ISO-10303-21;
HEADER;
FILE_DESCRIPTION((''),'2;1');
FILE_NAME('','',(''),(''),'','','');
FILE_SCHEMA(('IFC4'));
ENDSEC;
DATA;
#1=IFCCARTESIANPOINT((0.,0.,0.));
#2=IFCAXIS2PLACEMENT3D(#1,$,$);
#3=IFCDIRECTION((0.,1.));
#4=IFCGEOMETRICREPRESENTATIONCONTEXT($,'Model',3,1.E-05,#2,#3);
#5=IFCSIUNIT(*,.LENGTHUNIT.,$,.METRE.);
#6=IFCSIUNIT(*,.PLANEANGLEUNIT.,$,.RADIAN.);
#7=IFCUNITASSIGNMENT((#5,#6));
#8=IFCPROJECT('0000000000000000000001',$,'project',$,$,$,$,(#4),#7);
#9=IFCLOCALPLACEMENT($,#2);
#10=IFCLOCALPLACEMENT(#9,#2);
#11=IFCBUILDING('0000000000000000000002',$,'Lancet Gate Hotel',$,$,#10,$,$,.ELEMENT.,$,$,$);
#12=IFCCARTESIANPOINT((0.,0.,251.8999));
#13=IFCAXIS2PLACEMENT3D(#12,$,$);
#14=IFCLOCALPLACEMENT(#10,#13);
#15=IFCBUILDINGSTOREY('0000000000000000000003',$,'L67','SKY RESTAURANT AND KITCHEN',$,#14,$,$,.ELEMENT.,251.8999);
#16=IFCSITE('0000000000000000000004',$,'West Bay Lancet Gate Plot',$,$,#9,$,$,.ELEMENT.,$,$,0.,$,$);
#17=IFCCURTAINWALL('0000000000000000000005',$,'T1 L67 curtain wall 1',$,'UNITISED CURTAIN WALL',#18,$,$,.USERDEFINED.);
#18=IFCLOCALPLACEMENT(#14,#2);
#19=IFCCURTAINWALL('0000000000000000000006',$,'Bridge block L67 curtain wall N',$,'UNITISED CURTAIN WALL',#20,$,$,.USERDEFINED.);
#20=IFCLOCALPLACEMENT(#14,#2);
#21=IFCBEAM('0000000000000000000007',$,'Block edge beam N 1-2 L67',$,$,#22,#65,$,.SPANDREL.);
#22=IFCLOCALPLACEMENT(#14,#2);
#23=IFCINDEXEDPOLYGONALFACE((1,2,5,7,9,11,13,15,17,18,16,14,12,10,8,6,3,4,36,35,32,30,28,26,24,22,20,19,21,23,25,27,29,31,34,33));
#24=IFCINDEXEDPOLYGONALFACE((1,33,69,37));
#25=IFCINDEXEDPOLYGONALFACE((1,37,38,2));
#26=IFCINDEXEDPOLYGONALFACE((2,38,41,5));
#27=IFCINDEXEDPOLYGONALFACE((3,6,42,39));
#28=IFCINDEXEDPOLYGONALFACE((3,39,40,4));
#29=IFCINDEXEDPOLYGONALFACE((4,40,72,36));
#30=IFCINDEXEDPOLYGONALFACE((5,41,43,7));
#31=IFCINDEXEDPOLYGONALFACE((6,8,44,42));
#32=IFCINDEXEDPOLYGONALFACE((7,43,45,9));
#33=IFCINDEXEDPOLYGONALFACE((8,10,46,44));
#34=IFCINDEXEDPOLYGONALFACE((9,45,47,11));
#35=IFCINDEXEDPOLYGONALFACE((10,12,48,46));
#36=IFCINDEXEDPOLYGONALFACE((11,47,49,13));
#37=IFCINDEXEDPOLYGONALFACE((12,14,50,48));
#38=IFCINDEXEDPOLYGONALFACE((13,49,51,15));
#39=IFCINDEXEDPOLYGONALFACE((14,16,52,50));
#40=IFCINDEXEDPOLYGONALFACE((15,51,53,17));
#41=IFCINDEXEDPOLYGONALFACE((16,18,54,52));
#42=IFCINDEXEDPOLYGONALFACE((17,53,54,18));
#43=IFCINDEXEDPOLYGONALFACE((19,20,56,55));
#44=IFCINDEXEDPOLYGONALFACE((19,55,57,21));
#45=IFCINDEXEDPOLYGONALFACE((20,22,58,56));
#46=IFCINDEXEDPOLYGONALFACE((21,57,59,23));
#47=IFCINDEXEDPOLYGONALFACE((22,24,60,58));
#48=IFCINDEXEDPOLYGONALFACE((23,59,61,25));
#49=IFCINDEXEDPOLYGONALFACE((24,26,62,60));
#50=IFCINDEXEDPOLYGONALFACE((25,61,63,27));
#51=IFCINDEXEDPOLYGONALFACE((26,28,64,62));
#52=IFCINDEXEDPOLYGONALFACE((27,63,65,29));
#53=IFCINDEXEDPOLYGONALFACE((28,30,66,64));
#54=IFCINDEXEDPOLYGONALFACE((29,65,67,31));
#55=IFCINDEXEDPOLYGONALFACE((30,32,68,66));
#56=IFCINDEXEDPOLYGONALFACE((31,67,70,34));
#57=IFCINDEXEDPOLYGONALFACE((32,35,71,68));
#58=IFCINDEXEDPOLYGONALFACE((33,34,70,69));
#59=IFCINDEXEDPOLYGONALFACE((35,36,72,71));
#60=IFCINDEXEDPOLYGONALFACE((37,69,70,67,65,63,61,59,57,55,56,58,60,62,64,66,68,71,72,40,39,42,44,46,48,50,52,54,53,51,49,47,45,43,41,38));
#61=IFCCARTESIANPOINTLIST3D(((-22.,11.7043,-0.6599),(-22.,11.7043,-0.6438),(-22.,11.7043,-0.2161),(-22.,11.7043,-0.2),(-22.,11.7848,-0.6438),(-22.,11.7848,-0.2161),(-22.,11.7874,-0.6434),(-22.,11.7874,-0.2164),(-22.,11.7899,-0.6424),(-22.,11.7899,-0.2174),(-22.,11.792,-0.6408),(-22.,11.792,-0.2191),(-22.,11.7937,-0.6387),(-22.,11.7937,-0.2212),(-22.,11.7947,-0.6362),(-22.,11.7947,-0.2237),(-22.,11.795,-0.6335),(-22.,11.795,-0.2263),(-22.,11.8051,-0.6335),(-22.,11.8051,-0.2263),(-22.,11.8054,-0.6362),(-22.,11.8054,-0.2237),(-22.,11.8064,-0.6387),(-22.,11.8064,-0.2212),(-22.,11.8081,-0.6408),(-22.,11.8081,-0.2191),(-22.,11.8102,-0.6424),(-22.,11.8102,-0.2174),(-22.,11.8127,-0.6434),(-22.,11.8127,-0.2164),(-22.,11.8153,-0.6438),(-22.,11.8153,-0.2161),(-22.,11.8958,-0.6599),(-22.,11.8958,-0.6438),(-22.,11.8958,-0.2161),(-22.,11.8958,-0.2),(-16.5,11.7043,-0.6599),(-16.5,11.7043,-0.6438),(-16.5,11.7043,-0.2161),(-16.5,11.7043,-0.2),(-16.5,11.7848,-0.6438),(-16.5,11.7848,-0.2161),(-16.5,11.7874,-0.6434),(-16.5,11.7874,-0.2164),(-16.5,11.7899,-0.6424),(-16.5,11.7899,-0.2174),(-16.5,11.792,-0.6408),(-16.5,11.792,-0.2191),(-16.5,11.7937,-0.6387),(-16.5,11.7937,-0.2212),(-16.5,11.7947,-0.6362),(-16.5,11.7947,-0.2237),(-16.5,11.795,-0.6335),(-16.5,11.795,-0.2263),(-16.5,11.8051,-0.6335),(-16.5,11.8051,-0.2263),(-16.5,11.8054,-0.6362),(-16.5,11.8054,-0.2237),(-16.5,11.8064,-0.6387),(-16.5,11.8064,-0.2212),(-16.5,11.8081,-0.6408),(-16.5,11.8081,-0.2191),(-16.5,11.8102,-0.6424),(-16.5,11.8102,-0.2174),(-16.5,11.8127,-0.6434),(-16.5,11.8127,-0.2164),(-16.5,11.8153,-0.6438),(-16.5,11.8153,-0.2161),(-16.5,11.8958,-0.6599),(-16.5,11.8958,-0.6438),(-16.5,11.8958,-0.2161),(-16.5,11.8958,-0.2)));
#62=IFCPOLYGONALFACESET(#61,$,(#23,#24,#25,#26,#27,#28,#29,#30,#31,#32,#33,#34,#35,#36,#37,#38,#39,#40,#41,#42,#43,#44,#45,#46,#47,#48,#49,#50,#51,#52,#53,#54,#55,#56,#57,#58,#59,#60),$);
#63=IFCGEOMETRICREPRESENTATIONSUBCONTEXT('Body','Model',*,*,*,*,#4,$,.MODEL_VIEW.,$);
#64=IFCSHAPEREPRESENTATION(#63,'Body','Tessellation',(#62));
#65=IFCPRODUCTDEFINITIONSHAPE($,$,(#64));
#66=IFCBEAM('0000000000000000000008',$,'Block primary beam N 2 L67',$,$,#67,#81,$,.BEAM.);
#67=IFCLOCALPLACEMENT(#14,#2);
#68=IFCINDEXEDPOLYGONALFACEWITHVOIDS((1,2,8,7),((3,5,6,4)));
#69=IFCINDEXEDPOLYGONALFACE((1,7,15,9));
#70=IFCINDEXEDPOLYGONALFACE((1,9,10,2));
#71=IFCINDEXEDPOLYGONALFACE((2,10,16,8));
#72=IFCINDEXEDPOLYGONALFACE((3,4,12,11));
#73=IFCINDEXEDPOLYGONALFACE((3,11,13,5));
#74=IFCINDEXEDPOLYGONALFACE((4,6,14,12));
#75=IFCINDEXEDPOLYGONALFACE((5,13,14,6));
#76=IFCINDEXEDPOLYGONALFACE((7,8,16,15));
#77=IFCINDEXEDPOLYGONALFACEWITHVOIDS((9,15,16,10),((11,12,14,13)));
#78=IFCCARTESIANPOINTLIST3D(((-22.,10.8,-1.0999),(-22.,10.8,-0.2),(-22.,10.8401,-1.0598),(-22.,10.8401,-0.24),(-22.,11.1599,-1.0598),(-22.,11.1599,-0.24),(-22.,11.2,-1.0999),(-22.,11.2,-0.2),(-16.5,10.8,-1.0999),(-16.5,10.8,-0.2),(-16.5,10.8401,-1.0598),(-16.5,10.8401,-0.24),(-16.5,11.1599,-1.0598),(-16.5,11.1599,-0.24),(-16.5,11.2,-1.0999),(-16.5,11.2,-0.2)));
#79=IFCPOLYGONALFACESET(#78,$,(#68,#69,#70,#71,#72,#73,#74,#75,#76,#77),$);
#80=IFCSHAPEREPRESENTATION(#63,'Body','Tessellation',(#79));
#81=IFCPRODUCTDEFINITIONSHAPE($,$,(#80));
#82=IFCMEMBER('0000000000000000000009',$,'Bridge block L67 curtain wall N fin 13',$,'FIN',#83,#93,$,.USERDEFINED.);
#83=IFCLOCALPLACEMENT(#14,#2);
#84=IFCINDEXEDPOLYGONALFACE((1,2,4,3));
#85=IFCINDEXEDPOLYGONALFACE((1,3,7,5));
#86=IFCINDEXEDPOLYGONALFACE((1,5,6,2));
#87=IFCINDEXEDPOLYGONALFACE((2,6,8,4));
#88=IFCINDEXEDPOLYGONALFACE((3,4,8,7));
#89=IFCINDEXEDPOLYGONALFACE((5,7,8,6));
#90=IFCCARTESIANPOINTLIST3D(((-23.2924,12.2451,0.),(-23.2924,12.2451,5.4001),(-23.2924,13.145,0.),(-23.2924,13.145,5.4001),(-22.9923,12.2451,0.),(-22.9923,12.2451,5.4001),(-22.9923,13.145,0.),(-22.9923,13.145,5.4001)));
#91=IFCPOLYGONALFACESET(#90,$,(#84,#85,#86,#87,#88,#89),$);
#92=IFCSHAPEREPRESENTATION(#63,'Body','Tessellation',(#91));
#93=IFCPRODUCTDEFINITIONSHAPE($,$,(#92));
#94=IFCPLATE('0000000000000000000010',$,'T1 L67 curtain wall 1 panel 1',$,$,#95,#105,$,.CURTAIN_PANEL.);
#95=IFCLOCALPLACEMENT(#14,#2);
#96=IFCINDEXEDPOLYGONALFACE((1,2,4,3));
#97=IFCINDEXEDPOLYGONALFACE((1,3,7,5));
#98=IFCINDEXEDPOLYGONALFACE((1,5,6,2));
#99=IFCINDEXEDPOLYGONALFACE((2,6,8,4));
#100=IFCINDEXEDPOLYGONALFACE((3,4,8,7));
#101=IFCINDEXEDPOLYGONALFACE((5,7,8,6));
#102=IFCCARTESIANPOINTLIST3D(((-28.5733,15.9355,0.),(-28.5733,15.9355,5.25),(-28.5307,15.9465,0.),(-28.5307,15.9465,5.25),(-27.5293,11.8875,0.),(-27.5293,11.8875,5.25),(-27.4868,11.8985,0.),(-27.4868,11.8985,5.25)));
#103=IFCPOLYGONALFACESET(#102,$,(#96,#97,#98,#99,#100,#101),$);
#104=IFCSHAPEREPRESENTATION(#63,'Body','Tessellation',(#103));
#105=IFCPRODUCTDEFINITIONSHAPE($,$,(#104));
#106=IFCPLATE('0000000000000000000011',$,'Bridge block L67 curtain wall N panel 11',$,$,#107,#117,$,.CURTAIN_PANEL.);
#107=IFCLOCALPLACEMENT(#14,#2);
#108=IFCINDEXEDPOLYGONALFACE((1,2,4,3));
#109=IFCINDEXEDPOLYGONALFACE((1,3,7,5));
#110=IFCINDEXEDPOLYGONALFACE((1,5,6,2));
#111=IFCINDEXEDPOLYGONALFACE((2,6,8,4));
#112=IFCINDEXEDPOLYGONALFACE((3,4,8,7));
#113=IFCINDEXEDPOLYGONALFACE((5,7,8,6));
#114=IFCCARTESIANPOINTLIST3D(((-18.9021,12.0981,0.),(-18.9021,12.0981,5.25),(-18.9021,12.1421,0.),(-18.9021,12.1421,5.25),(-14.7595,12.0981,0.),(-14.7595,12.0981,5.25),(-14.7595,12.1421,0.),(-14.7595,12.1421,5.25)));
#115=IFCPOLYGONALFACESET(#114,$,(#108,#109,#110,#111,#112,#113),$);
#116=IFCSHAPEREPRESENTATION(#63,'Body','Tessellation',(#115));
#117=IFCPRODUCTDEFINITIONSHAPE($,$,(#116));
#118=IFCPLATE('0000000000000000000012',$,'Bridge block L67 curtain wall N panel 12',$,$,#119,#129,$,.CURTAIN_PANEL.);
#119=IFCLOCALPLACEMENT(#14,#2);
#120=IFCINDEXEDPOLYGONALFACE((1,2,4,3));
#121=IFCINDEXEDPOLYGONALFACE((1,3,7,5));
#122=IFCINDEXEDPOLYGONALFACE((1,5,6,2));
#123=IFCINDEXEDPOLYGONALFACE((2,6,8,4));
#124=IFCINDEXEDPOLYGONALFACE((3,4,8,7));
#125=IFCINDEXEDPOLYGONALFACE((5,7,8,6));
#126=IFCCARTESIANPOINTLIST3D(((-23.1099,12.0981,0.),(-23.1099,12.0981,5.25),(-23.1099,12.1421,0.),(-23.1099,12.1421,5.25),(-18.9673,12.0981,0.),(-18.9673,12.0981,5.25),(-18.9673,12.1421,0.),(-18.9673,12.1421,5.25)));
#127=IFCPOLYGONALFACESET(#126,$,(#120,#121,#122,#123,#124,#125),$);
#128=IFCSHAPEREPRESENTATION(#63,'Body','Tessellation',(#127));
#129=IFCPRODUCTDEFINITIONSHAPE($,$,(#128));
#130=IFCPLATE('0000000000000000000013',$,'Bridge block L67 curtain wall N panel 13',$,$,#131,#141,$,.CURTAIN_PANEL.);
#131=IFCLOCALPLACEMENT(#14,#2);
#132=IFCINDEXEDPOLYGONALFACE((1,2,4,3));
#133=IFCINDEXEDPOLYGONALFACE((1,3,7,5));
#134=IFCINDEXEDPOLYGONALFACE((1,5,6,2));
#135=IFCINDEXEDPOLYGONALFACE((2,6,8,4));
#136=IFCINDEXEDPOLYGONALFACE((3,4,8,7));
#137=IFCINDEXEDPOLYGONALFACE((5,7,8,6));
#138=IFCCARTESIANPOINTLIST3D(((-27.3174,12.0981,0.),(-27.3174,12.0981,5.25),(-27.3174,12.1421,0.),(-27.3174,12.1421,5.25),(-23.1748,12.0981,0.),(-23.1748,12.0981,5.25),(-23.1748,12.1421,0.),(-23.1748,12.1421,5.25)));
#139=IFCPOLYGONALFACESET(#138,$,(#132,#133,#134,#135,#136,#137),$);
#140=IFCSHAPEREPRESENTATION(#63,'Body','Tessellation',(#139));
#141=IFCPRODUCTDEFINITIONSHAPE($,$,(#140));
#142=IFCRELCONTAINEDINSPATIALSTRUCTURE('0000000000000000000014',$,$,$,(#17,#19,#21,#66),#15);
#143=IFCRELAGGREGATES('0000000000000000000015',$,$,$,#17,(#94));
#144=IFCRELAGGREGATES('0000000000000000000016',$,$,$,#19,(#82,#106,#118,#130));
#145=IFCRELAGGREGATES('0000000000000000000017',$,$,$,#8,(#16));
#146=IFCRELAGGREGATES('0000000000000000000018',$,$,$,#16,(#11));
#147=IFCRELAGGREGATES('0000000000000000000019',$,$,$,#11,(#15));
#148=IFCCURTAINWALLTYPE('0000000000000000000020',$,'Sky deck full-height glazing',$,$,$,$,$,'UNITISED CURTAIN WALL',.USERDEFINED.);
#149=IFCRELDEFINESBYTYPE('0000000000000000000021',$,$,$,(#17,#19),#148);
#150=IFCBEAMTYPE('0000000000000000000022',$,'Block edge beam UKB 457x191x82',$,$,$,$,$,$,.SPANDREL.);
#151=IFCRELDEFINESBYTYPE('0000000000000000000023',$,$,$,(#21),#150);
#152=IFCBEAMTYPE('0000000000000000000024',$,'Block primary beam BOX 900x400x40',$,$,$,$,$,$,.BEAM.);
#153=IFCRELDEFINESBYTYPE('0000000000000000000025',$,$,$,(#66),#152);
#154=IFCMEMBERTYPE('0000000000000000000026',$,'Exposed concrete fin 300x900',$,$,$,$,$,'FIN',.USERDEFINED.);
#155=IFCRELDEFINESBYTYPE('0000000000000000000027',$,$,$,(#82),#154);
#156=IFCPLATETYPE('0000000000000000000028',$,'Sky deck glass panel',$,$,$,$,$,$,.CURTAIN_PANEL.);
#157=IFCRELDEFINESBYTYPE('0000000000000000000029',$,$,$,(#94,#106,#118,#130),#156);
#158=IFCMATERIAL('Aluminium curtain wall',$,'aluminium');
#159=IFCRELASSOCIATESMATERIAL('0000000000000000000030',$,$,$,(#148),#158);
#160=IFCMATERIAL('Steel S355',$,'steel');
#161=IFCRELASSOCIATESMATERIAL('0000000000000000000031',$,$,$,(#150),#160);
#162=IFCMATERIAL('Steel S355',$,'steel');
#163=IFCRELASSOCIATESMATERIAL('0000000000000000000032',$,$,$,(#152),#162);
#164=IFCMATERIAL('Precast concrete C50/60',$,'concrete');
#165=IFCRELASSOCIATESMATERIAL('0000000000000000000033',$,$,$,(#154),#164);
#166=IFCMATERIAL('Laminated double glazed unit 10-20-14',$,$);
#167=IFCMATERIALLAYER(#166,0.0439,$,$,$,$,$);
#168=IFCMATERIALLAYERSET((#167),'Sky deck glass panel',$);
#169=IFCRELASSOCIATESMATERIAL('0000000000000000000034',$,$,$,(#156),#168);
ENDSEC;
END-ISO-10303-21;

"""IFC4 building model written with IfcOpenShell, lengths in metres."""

from ifc_helpers import new_model, si_unit, direction, frame, origin, origin_2d, place, context, subcontext, project, spatial, rectangle, hollow_rectangle, i_section, extrude, material, layer, layer_set, material_profile, profile_set, type_object, element, aggregate, save


model = new_model("IFC4")

# Units and contexts
model_context = context("Model", 3, precision=1e-05, world=origin(), true_north=direction((0.0, 1.0)))
body_context = subcontext(model_context, "Body", "Model", "MODEL_VIEW")
ifc_project = project(units=[si_unit("LENGTHUNIT", "METRE"), si_unit("PLANEANGLEUNIT", "RADIAN")], contexts=[model_context])

# Site, building, storey
site_placement = place(None, origin())
site = spatial("IfcSite", under=ifc_project, at=site_placement, Name="West Bay Lancet Gate Plot", CompositionType="ELEMENT", RefElevation=0.0)
building_placement = place(site_placement, origin())
building = spatial("IfcBuilding", under=site, at=building_placement, Name="Lancet Gate Hotel", CompositionType="ELEMENT")
storey_placement = place(building_placement, frame((0.0, 0.0, 251.8999)))
storey = spatial("IfcBuildingStorey", under=building, at=storey_placement, Name="L67", Description="SKY RESTAURANT AND KITCHEN", CompositionType="ELEMENT", Elevation=251.8999)

# Curtain walls
ifc_material_1 = material(Name="Aluminium curtain wall", Category="aluminium")
curtain_wall_type = type_object("IfcCurtainWallType", Name="Sky deck full-height glazing", ElementType="UNITISED CURTAIN WALL", PredefinedType="USERDEFINED", material=ifc_material_1)
curtain_wall_1_placement = place(storey_placement, origin())
curtain_wall_1 = element("IfcCurtainWall", 1, at=curtain_wall_1_placement, inside=storey, type_object=curtain_wall_type, Name="T1 L67 curtain wall 1", ObjectType="UNITISED CURTAIN WALL", PredefinedType="USERDEFINED")
curtain_wall_2_placement = place(storey_placement, origin())
curtain_wall_2 = element("IfcCurtainWall", 2, at=curtain_wall_2_placement, inside=storey, type_object=curtain_wall_type, Name="Bridge block L67 curtain wall N", ObjectType="UNITISED CURTAIN WALL", PredefinedType="USERDEFINED")

# Beams
ifc_material_2 = material(Name="Steel S355", Category="steel")
ifc_material_profile_1 = material_profile(ifc_material_2, i_section(OverallWidth=0.1914, OverallDepth=0.46, WebThickness=0.01, FlangeThickness=0.0161, FilletRadius=0.0103, at=origin_2d()), Name="UKB 457x191x82")
ifc_profile_set_1 = profile_set([ifc_material_profile_1], Name="Steel S355")
beam_type_1 = type_object("IfcBeamType", Name="Block edge beam UKB 457x191x82", PredefinedType="SPANDREL", material=ifc_profile_set_1)
beam_1_placement = place(storey_placement, frame((-22.0, 11.8, -0.4299), z_axis=(1.0, 0.0, 0.0), x_axis=(0.0, 1.0, 0.0)))
element("IfcBeam", 3, at=beam_1_placement, inside=storey, type_object=beam_type_1, Name="Block edge beam N 1-2 L67", PredefinedType="SPANDREL", context=body_context, shape_type="SweptSolid", body=[
    extrude(i_section(OverallWidth=0.1914, OverallDepth=0.46, WebThickness=0.01, FlangeThickness=0.0161, FilletRadius=0.0103, at=origin_2d()), origin(), (0.0, 0.0, 1.0), 5.5),
])
ifc_material_3 = material(Name="Steel S355", Category="steel")
ifc_material_profile_2 = material_profile(ifc_material_3, hollow_rectangle(XDim=0.3999, YDim=0.8999, WallThickness=0.04, at=origin_2d()), Name="BOX 900x400x40")
ifc_profile_set_2 = profile_set([ifc_material_profile_2], Name="Steel S355")
beam_type_2 = type_object("IfcBeamType", Name="Block primary beam BOX 900x400x40", PredefinedType="BEAM", material=ifc_profile_set_2)
beam_2_placement = place(storey_placement, frame((-22.0, 11.0, -0.6499), z_axis=(1.0, 0.0, 0.0), x_axis=(0.0, 1.0, 0.0)))
element("IfcBeam", 4, at=beam_2_placement, inside=storey, type_object=beam_type_2, Name="Block primary beam N 2 L67", PredefinedType="BEAM", context=body_context, shape_type="SweptSolid", body=[
    extrude(hollow_rectangle(XDim=0.3999, YDim=0.8999, WallThickness=0.04, at=origin_2d()), origin(), (0.0, 0.0, 1.0), 5.5),
])

# Member
ifc_material_4 = material(Name="Precast concrete C50/60", Category="concrete")
ifc_material_profile_3 = material_profile(ifc_material_4, rectangle(XDim=0.3, YDim=0.8999, at=origin_2d()), Name="FIN 300x900")
ifc_profile_set_3 = profile_set([ifc_material_profile_3], Name="Precast concrete C50/60")
member_type_1 = type_object("IfcMemberType", Name="Exposed concrete fin 300x900", ElementType="FIN", PredefinedType="USERDEFINED", material=ifc_profile_set_3)
member_1_placement = place(storey_placement, frame((-23.1423, 12.6951, 0.0), z_axis=(0.0, 0.0, 1.0), x_axis=(-1.0, 0.0, 0.0)))
member_1 = element("IfcMember", 5, at=member_1_placement, type_object=member_type_1, Name="Bridge block L67 curtain wall N fin 13", ObjectType="FIN", PredefinedType="USERDEFINED", context=body_context, shape_type="SweptSolid", body=[
    extrude(rectangle(XDim=0.3, YDim=0.8999, at=origin_2d()), origin(), (0.0, 0.0, 1.0), 5.4001),
])

# Plates
ifc_material_5 = material(Name="Laminated double glazed unit 10-20-14")
ifc_layer_1 = layer(ifc_material_5, 0.0439)
ifc_layer_set_1 = layer_set([ifc_layer_1], Name="Sky deck glass panel")
plate_type = type_object("IfcPlateType", Name="Sky deck glass panel", PredefinedType="CURTAIN_PANEL", material=ifc_layer_set_1)
plate_1_placement = place(storey_placement, frame((-28.03, 13.917, 0.0), z_axis=(0.0, 0.0, 1.0), x_axis=(-0.249726, 0.968317, 0.0)))
plate_1 = element("IfcPlate", 6, at=plate_1_placement, type_object=plate_type, Name="T1 L67 curtain wall 1 panel 1", PredefinedType="CURTAIN_PANEL", context=body_context, shape_type="SweptSolid", body=[
    extrude(rectangle(XDim=4.1804, YDim=0.0439, at=origin_2d()), origin(), (0.0, 0.0, 1.0), 5.25),
])
aggregate(curtain_wall_1, [plate_1])
plate_2_placement = place(storey_placement, frame((-16.8308, 12.1201, 0.0), z_axis=(0.0, 0.0, 1.0), x_axis=(-1.0, 0.0, 0.0)))
plate_2 = element("IfcPlate", 7, at=plate_2_placement, type_object=plate_type, Name="Bridge block L67 curtain wall N panel 11", PredefinedType="CURTAIN_PANEL", context=body_context, shape_type="SweptSolid", body=[
    extrude(rectangle(XDim=4.1426, YDim=0.0439, at=origin_2d()), origin(), (0.0, 0.0, 1.0), 5.25),
])
plate_3_placement = place(storey_placement, frame((-21.0386, 12.1201, 0.0), z_axis=(0.0, 0.0, 1.0), x_axis=(-1.0, 0.0, 0.0)))
plate_3 = element("IfcPlate", 8, at=plate_3_placement, type_object=plate_type, Name="Bridge block L67 curtain wall N panel 12", PredefinedType="CURTAIN_PANEL", context=body_context, shape_type="SweptSolid", body=[
    extrude(rectangle(XDim=4.1426, YDim=0.0439, at=origin_2d()), origin(), (0.0, 0.0, 1.0), 5.25),
])
plate_4_placement = place(storey_placement, frame((-25.2461, 12.1201, 0.0), z_axis=(0.0, 0.0, 1.0), x_axis=(-1.0, 0.0, 0.0)))
plate_4 = element("IfcPlate", 9, at=plate_4_placement, type_object=plate_type, Name="Bridge block L67 curtain wall N panel 13", PredefinedType="CURTAIN_PANEL", context=body_context, shape_type="SweptSolid", body=[
    extrude(rectangle(XDim=4.1426, YDim=0.0439, at=origin_2d()), origin(), (0.0, 0.0, 1.0), 5.25),
])
aggregate(curtain_wall_2, [member_1, plate_2, plate_3, plate_4])

save(model, "model.ifc")
